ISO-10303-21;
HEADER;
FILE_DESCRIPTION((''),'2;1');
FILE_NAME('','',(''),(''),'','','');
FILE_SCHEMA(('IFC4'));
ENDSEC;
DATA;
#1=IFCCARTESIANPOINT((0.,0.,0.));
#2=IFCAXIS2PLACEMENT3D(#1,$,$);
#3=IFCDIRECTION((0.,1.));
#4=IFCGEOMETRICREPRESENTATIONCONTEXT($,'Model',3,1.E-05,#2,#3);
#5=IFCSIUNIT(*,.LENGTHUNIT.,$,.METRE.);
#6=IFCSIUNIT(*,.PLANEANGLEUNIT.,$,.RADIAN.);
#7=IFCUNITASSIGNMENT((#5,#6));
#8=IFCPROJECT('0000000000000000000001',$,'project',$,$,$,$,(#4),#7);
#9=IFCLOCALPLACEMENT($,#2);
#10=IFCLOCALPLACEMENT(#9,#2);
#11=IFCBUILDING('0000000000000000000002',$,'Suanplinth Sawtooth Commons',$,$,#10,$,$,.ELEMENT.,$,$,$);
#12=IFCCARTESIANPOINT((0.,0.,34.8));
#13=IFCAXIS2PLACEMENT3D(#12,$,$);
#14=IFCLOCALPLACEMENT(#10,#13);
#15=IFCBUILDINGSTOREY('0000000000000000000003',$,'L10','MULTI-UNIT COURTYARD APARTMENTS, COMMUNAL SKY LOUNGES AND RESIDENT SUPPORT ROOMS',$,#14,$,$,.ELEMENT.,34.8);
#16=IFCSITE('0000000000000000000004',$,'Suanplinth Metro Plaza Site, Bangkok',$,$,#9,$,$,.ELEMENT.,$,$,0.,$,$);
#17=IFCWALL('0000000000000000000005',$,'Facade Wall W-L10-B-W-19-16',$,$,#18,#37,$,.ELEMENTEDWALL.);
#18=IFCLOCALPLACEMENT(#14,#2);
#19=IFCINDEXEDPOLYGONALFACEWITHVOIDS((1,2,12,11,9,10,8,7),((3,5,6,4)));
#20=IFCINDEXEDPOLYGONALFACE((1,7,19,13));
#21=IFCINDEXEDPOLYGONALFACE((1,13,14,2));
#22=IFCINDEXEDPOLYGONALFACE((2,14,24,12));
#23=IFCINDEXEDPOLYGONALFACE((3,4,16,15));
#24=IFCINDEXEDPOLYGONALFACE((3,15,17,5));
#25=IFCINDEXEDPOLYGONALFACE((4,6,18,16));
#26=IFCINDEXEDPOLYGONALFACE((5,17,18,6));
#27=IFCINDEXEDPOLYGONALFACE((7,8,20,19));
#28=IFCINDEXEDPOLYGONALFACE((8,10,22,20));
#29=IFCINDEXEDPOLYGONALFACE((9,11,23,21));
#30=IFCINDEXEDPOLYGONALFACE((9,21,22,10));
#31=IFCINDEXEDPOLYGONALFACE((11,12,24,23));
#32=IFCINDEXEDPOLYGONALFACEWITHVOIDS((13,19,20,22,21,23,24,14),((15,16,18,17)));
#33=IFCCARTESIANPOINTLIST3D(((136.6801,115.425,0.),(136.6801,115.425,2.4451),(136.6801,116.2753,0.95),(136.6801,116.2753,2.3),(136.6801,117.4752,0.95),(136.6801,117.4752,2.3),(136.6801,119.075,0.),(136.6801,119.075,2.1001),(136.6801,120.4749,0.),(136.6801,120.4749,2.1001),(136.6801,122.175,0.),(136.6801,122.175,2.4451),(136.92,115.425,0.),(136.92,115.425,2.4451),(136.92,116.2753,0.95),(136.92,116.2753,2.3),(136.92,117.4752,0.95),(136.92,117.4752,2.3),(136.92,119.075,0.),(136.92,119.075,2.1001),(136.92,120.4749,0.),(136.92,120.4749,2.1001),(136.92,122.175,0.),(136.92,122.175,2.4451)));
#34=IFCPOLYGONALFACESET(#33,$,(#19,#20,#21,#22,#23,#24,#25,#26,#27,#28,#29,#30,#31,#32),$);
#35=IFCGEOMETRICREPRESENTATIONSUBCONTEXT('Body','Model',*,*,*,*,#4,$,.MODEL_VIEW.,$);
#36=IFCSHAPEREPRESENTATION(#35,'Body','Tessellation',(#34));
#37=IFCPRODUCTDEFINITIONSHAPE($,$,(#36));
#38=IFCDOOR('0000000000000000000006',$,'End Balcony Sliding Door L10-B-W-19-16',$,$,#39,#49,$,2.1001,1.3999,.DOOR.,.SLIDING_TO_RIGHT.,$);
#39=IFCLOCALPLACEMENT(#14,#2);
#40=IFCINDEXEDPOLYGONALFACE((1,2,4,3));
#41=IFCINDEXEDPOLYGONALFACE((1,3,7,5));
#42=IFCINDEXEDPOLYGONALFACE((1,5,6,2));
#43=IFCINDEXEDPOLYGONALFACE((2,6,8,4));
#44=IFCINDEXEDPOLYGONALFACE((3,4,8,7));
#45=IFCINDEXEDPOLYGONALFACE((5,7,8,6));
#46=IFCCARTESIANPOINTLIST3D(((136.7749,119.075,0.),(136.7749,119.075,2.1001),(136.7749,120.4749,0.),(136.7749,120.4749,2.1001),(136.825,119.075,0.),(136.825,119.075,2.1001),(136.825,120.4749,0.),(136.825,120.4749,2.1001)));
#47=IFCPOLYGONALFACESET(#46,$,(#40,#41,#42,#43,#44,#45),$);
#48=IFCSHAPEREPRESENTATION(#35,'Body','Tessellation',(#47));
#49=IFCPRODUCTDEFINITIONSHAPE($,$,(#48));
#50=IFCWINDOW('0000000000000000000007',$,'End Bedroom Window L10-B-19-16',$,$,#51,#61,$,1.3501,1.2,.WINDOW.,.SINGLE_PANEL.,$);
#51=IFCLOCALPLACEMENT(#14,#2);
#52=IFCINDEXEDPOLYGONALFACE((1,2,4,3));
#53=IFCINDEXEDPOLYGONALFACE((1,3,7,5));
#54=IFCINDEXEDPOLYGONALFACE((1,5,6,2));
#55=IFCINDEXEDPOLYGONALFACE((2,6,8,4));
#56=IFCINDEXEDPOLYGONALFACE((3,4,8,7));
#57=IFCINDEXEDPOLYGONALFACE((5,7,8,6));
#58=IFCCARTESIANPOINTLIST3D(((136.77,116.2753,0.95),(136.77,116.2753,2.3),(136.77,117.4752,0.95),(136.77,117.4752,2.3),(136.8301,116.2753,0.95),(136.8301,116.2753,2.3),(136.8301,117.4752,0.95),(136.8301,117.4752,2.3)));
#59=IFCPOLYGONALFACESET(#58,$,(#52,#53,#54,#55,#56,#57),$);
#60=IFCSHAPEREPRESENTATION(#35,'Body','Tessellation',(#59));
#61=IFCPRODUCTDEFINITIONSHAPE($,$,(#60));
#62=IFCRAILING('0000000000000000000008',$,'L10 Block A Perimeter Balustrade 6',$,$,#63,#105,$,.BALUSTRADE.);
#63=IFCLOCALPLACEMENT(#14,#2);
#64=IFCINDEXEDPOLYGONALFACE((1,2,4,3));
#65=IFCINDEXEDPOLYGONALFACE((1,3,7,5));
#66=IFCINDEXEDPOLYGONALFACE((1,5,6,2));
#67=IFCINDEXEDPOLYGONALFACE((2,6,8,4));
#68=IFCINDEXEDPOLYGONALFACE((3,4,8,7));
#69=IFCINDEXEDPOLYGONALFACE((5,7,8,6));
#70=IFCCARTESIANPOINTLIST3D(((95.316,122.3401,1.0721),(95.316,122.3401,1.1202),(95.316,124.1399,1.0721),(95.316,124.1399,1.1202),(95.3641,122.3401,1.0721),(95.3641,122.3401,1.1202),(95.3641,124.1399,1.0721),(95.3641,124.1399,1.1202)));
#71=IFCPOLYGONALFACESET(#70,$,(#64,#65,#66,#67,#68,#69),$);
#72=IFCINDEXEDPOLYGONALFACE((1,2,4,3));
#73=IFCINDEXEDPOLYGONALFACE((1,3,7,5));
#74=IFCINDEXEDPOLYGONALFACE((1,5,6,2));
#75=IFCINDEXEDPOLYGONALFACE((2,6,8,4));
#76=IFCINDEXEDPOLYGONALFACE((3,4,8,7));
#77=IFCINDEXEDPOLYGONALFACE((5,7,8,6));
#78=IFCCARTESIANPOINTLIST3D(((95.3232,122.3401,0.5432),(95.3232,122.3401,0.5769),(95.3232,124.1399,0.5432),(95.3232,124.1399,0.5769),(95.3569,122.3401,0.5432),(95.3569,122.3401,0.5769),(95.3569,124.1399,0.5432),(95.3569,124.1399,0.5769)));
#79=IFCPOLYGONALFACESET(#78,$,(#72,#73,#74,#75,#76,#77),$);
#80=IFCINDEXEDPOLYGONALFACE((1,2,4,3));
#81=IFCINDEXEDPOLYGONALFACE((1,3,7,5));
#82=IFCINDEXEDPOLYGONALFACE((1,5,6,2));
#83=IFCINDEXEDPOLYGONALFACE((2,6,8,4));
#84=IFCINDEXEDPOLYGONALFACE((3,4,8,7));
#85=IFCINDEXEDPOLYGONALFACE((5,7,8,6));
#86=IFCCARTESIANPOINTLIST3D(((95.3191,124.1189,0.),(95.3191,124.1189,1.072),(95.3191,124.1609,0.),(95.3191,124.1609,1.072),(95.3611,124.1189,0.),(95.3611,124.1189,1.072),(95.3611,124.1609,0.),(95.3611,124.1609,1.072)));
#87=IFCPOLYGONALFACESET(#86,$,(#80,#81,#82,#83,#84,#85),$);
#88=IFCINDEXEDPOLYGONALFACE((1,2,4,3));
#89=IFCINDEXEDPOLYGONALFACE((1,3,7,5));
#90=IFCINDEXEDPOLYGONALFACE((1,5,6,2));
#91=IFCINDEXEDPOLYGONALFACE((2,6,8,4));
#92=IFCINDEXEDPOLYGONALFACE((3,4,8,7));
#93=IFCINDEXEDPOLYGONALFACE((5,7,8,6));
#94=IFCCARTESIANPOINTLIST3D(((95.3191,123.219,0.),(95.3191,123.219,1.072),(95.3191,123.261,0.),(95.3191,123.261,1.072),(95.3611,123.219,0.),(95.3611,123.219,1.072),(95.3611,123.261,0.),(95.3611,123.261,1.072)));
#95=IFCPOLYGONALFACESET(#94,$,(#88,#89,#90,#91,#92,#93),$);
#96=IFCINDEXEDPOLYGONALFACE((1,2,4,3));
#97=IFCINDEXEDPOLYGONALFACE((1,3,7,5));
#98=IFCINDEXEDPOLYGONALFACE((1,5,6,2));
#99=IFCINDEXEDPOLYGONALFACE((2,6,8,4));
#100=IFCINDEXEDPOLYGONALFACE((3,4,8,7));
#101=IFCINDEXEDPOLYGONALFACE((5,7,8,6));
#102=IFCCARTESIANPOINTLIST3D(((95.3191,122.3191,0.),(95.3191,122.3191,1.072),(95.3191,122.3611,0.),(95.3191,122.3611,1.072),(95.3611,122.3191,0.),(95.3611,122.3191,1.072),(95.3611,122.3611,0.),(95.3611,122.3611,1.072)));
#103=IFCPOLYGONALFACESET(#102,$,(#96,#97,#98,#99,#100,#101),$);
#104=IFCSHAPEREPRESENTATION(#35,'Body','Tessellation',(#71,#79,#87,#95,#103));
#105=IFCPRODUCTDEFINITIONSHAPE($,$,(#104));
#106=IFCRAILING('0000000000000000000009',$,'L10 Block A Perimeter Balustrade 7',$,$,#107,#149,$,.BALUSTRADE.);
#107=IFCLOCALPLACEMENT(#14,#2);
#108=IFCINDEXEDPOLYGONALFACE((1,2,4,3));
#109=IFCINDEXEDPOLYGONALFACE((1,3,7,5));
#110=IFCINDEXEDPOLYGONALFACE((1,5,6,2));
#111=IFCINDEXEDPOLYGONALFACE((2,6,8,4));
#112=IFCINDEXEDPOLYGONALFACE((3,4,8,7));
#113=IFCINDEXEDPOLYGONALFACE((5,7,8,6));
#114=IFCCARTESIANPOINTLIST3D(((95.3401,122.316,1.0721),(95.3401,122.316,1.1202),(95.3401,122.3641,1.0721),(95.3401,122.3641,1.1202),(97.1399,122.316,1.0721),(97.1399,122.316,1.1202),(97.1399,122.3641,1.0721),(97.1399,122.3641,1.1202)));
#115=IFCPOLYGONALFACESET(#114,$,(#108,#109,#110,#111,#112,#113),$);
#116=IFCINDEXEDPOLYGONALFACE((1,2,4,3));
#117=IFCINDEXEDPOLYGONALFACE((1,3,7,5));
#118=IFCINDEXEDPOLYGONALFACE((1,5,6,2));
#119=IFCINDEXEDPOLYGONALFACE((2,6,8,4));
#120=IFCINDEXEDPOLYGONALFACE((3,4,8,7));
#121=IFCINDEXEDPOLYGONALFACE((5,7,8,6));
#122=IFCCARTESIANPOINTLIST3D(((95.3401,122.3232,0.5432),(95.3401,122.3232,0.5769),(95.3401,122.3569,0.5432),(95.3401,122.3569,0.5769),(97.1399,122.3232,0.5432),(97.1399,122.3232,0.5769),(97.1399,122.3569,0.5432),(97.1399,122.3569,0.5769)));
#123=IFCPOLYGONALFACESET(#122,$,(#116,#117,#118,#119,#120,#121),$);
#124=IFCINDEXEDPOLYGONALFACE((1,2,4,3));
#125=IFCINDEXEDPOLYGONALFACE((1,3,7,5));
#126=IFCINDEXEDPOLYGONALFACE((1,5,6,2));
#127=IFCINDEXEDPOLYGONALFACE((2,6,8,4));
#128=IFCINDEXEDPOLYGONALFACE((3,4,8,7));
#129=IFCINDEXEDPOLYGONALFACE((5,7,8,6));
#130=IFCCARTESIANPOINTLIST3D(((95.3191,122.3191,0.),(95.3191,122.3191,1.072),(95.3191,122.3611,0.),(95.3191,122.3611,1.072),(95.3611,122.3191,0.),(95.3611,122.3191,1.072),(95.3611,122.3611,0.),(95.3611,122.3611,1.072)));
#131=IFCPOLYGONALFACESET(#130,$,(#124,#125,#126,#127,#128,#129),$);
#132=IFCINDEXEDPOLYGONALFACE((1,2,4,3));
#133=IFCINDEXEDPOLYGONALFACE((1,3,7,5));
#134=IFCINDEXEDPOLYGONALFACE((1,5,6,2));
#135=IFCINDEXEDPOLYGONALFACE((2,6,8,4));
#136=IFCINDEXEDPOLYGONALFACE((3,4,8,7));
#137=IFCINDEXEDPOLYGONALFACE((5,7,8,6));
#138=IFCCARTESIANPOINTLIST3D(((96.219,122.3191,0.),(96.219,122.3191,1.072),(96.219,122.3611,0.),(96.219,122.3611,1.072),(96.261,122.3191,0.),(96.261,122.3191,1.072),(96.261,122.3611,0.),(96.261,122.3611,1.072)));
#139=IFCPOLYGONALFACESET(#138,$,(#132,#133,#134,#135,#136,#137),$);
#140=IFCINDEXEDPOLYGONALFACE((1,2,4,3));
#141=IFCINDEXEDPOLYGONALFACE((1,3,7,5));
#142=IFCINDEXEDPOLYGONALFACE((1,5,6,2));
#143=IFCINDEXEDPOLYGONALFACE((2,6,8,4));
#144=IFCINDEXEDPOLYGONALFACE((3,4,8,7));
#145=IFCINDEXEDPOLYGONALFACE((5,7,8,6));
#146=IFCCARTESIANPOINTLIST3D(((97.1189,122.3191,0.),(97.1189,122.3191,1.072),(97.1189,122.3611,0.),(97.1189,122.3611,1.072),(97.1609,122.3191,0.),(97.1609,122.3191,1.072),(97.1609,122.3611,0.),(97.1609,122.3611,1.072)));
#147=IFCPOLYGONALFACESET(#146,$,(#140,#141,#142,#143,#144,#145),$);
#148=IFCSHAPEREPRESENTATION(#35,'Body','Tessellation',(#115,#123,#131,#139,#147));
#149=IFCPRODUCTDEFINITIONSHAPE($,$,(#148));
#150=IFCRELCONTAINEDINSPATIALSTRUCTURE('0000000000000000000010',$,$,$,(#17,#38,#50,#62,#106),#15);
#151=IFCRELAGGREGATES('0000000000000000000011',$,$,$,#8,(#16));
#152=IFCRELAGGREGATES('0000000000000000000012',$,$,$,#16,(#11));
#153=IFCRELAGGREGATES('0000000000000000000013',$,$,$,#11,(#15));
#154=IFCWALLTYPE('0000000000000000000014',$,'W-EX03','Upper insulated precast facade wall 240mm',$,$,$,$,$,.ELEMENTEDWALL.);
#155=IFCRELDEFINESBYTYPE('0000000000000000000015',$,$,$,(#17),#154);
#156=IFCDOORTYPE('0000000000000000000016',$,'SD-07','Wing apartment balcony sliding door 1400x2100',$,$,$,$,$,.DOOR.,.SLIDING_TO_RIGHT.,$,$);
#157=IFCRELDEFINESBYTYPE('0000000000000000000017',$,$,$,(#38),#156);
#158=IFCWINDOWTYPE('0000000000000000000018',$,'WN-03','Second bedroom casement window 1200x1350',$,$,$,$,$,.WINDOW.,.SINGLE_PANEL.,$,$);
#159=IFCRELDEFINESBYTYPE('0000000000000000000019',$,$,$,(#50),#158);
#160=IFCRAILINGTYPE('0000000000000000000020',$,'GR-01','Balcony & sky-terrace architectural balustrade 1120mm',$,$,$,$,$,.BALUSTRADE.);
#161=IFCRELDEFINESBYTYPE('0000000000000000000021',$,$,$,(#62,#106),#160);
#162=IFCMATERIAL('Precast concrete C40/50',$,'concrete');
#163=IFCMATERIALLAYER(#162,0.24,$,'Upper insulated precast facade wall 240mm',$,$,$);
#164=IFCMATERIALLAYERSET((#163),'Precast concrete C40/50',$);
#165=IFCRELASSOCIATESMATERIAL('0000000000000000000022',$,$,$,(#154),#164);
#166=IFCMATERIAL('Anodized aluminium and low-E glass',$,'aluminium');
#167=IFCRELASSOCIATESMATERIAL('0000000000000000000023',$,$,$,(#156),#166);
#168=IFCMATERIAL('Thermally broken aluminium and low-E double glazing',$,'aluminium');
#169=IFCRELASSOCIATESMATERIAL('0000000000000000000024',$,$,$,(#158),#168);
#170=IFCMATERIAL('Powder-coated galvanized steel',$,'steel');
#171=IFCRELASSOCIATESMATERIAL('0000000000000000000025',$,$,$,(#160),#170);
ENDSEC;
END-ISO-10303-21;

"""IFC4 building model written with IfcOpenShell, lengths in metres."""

from ifc_helpers import new_model, si_unit, direction, frame, frame_2d, origin, origin_2d, place, context, subcontext, project, spatial, rectangle, extrude, material, layer, layer_set, type_object, element, fill, save


model = new_model("IFC4")

# Units and contexts
model_context = context("Model", 3, precision=1e-05, world=origin(), true_north=direction((0.0, 1.0)))
body_context = subcontext(model_context, "Body", "Model", "MODEL_VIEW")
ifc_project = project(units=[si_unit("LENGTHUNIT", "METRE"), si_unit("PLANEANGLEUNIT", "RADIAN")], contexts=[model_context])

# Site, building, storey
site_placement = place(None, origin())
site = spatial("IfcSite", under=ifc_project, at=site_placement, Name="Suanplinth Metro Plaza Site, Bangkok", CompositionType="ELEMENT", RefElevation=0.0)
building_placement = place(site_placement, origin())
building = spatial("IfcBuilding", under=site, at=building_placement, Name="Suanplinth Sawtooth Commons", CompositionType="ELEMENT")
storey_placement = place(building_placement, frame((0.0, 0.0, 34.8)))
storey = spatial("IfcBuildingStorey", under=building, at=storey_placement, Name="L10", Description="MULTI-UNIT COURTYARD APARTMENTS, COMMUNAL SKY LOUNGES AND RESIDENT SUPPORT ROOMS", CompositionType="ELEMENT", Elevation=34.8)

# Shared definitions
ifc_material_1 = material(Name="Precast concrete C40/50", Category="concrete")

# Wall, openings, door, window
ifc_layer_1 = layer(ifc_material_1, 0.24, Name="Upper insulated precast facade wall 240mm")
ifc_layer_set_1 = layer_set([ifc_layer_1], Name="Precast concrete C40/50")
wall_type_1 = type_object("IfcWallType", Name="W-EX03", Description="Upper insulated precast facade wall 240mm", PredefinedType="ELEMENTEDWALL", material=ifc_layer_set_1)
wall_1_placement = place(storey_placement, frame((136.8, 115.425, 0.0), z_axis=(0.0, 0.0, 1.0), x_axis=(0.0, 1.0, 0.0)))
wall_1 = element("IfcWall", 1, at=wall_1_placement, inside=storey, type_object=wall_type_1, Name="Facade Wall W-L10-B-W-19-16", PredefinedType="ELEMENTEDWALL", context=body_context, shape_type="SweptSolid", body=[
    extrude(rectangle(XDim=6.75, YDim=0.24, at=frame_2d((3.375, 0.0))), origin(), (0.0, 0.0, 1.0), 2.4451),
])
opening_1_placement = place(wall_1_placement, frame((3.6499, 0.0, 0.0)))
opening_1 = element("IfcOpeningElement", 2, at=opening_1_placement, cuts=wall_1, PredefinedType="OPENING", context=body_context, shape_type="SweptSolid", body=[
    extrude(rectangle(XDim=1.3999, YDim=2.1001, at=frame_2d((0.7, 1.05))), frame((0.0, 0.1348, 0.0), z_axis=(0.0, -1.0, 0.0), x_axis=(1.0, 0.0, 0.0)), (0.0, 0.0, 1.0), 0.2698),
])
opening_2_placement = place(wall_1_placement, frame((0.8501, 0.0, 0.95)))
opening_2 = element("IfcOpeningElement", 3, at=opening_2_placement, cuts=wall_1, PredefinedType="OPENING", context=body_context, shape_type="SweptSolid", body=[
    extrude(rectangle(XDim=1.2, YDim=1.3501, at=frame_2d((0.6001, 0.675))), frame((0.0, 0.1348, 0.0), z_axis=(0.0, -1.0, 0.0), x_axis=(1.0, 0.0, 0.0)), (0.0, 0.0, 1.0), 0.2698),
])
ifc_material_2 = material(Name="Anodized aluminium and low-E glass", Category="aluminium")
door_type_1 = type_object("IfcDoorType", Name="SD-07", Description="Wing apartment balcony sliding door 1400x2100", OperationType="SLIDING_TO_RIGHT", PredefinedType="DOOR", material=ifc_material_2)
door_1_placement = place(opening_1_placement, frame((1.3999, 0.0, 0.0), z_axis=(0.0, 0.0, 1.0), x_axis=(-1.0, 0.0, 0.0)))
door_1 = element("IfcDoor", 4, at=door_1_placement, inside=storey, type_object=door_type_1, Name="End Balcony Sliding Door L10-B-W-19-16", OperationType="SLIDING_TO_RIGHT", OverallHeight=2.1001, OverallWidth=1.3999, PredefinedType="DOOR", context=body_context, shape_type="SweptSolid", body=[
    extrude(rectangle(XDim=1.3999, YDim=2.1001, at=frame_2d((0.7, 1.05))), frame((0.0, 0.0249, 0.0), z_axis=(0.0, -1.0, 0.0), x_axis=(1.0, 0.0, 0.0)), (0.0, 0.0, 1.0), 0.05),
])
fill(opening_1, door_1)
ifc_material_3 = material(Name="Thermally broken aluminium and low-E double glazing", Category="aluminium")
window_type = type_object("IfcWindowType", Name="WN-03", Description="Second bedroom casement window 1200x1350", PartitioningType="SINGLE_PANEL", PredefinedType="WINDOW", material=ifc_material_3)
window_placement = place(opening_2_placement, origin())
window = element("IfcWindow", 5, at=window_placement, inside=storey, type_object=window_type, Name="End Bedroom Window L10-B-19-16", OverallHeight=1.3501, OverallWidth=1.2, PartitioningType="SINGLE_PANEL", PredefinedType="WINDOW", context=body_context, shape_type="SweptSolid", body=[
    extrude(rectangle(XDim=1.2, YDim=1.3501, at=frame_2d((0.6001, 0.675))), frame((0.0, 0.03, 0.0), z_axis=(0.0, -1.0, 0.0), x_axis=(1.0, 0.0, 0.0)), (0.0, 0.0, 1.0), 0.0601),
])
fill(opening_2, window)

# Railings
ifc_material_4 = material(Name="Powder-coated galvanized steel", Category="steel")
railing_type = type_object("IfcRailingType", Name="GR-01", Description="Balcony & sky-terrace architectural balustrade 1120mm", PredefinedType="BALUSTRADE", material=ifc_material_4)
railing_1_placement = place(storey_placement, frame((95.3401, 124.1399, 0.0)))
element("IfcRailing", 6, at=railing_1_placement, inside=storey, type_object=railing_type, Name="L10 Block A Perimeter Balustrade 6", PredefinedType="BALUSTRADE", context=body_context, shape_type="SweptSolid", body=[
    extrude(rectangle(XDim=0.0481, YDim=0.0481, at=origin_2d()), frame((0.0, 0.0, 1.0962), z_axis=(0.0, -1.0, 0.0), x_axis=(1.0, 0.0, 0.0)), (0.0, 0.0, 1.0), 1.7998),
    extrude(rectangle(XDim=0.0337, YDim=0.0337, at=origin_2d()), frame((0.0, 0.0, 0.5601), z_axis=(0.0, -1.0, 0.0), x_axis=(1.0, 0.0, 0.0)), (0.0, 0.0, 1.0), 1.7998),
    extrude(rectangle(XDim=0.042, YDim=0.042, at=origin_2d()), origin(), (0.0, 0.0, 1.0), 1.072),
    extrude(rectangle(XDim=0.042, YDim=0.042, at=origin_2d()), frame((0.0, -0.8999, 0.0)), (0.0, 0.0, 1.0), 1.072),
    extrude(rectangle(XDim=0.042, YDim=0.042, at=origin_2d()), frame((0.0, -1.7998, 0.0)), (0.0, 0.0, 1.0), 1.072),
])
railing_2_placement = place(storey_placement, frame((95.3401, 122.3401, 0.0)))
element("IfcRailing", 7, at=railing_2_placement, inside=storey, type_object=railing_type, Name="L10 Block A Perimeter Balustrade 7", PredefinedType="BALUSTRADE", context=body_context, shape_type="SweptSolid", body=[
    extrude(rectangle(XDim=0.0481, YDim=0.0481, at=origin_2d()), frame((0.0, 0.0, 1.0962), z_axis=(1.0, 0.0, 0.0), x_axis=(0.0, 1.0, 0.0)), (0.0, 0.0, 1.0), 1.7998),
    extrude(rectangle(XDim=0.0337, YDim=0.0337, at=origin_2d()), frame((0.0, 0.0, 0.5601), z_axis=(1.0, 0.0, 0.0), x_axis=(0.0, 1.0, 0.0)), (0.0, 0.0, 1.0), 1.7998),
    extrude(rectangle(XDim=0.042, YDim=0.042, at=origin_2d()), origin(), (0.0, 0.0, 1.0), 1.072),
    extrude(rectangle(XDim=0.042, YDim=0.042, at=origin_2d()), frame((0.8999, 0.0, 0.0)), (0.0, 0.0, 1.0), 1.072),
    extrude(rectangle(XDim=0.042, YDim=0.042, at=origin_2d()), frame((1.7998, 0.0, 0.0)), (0.0, 0.0, 1.0), 1.072),
])

save(model, "model.ifc")
